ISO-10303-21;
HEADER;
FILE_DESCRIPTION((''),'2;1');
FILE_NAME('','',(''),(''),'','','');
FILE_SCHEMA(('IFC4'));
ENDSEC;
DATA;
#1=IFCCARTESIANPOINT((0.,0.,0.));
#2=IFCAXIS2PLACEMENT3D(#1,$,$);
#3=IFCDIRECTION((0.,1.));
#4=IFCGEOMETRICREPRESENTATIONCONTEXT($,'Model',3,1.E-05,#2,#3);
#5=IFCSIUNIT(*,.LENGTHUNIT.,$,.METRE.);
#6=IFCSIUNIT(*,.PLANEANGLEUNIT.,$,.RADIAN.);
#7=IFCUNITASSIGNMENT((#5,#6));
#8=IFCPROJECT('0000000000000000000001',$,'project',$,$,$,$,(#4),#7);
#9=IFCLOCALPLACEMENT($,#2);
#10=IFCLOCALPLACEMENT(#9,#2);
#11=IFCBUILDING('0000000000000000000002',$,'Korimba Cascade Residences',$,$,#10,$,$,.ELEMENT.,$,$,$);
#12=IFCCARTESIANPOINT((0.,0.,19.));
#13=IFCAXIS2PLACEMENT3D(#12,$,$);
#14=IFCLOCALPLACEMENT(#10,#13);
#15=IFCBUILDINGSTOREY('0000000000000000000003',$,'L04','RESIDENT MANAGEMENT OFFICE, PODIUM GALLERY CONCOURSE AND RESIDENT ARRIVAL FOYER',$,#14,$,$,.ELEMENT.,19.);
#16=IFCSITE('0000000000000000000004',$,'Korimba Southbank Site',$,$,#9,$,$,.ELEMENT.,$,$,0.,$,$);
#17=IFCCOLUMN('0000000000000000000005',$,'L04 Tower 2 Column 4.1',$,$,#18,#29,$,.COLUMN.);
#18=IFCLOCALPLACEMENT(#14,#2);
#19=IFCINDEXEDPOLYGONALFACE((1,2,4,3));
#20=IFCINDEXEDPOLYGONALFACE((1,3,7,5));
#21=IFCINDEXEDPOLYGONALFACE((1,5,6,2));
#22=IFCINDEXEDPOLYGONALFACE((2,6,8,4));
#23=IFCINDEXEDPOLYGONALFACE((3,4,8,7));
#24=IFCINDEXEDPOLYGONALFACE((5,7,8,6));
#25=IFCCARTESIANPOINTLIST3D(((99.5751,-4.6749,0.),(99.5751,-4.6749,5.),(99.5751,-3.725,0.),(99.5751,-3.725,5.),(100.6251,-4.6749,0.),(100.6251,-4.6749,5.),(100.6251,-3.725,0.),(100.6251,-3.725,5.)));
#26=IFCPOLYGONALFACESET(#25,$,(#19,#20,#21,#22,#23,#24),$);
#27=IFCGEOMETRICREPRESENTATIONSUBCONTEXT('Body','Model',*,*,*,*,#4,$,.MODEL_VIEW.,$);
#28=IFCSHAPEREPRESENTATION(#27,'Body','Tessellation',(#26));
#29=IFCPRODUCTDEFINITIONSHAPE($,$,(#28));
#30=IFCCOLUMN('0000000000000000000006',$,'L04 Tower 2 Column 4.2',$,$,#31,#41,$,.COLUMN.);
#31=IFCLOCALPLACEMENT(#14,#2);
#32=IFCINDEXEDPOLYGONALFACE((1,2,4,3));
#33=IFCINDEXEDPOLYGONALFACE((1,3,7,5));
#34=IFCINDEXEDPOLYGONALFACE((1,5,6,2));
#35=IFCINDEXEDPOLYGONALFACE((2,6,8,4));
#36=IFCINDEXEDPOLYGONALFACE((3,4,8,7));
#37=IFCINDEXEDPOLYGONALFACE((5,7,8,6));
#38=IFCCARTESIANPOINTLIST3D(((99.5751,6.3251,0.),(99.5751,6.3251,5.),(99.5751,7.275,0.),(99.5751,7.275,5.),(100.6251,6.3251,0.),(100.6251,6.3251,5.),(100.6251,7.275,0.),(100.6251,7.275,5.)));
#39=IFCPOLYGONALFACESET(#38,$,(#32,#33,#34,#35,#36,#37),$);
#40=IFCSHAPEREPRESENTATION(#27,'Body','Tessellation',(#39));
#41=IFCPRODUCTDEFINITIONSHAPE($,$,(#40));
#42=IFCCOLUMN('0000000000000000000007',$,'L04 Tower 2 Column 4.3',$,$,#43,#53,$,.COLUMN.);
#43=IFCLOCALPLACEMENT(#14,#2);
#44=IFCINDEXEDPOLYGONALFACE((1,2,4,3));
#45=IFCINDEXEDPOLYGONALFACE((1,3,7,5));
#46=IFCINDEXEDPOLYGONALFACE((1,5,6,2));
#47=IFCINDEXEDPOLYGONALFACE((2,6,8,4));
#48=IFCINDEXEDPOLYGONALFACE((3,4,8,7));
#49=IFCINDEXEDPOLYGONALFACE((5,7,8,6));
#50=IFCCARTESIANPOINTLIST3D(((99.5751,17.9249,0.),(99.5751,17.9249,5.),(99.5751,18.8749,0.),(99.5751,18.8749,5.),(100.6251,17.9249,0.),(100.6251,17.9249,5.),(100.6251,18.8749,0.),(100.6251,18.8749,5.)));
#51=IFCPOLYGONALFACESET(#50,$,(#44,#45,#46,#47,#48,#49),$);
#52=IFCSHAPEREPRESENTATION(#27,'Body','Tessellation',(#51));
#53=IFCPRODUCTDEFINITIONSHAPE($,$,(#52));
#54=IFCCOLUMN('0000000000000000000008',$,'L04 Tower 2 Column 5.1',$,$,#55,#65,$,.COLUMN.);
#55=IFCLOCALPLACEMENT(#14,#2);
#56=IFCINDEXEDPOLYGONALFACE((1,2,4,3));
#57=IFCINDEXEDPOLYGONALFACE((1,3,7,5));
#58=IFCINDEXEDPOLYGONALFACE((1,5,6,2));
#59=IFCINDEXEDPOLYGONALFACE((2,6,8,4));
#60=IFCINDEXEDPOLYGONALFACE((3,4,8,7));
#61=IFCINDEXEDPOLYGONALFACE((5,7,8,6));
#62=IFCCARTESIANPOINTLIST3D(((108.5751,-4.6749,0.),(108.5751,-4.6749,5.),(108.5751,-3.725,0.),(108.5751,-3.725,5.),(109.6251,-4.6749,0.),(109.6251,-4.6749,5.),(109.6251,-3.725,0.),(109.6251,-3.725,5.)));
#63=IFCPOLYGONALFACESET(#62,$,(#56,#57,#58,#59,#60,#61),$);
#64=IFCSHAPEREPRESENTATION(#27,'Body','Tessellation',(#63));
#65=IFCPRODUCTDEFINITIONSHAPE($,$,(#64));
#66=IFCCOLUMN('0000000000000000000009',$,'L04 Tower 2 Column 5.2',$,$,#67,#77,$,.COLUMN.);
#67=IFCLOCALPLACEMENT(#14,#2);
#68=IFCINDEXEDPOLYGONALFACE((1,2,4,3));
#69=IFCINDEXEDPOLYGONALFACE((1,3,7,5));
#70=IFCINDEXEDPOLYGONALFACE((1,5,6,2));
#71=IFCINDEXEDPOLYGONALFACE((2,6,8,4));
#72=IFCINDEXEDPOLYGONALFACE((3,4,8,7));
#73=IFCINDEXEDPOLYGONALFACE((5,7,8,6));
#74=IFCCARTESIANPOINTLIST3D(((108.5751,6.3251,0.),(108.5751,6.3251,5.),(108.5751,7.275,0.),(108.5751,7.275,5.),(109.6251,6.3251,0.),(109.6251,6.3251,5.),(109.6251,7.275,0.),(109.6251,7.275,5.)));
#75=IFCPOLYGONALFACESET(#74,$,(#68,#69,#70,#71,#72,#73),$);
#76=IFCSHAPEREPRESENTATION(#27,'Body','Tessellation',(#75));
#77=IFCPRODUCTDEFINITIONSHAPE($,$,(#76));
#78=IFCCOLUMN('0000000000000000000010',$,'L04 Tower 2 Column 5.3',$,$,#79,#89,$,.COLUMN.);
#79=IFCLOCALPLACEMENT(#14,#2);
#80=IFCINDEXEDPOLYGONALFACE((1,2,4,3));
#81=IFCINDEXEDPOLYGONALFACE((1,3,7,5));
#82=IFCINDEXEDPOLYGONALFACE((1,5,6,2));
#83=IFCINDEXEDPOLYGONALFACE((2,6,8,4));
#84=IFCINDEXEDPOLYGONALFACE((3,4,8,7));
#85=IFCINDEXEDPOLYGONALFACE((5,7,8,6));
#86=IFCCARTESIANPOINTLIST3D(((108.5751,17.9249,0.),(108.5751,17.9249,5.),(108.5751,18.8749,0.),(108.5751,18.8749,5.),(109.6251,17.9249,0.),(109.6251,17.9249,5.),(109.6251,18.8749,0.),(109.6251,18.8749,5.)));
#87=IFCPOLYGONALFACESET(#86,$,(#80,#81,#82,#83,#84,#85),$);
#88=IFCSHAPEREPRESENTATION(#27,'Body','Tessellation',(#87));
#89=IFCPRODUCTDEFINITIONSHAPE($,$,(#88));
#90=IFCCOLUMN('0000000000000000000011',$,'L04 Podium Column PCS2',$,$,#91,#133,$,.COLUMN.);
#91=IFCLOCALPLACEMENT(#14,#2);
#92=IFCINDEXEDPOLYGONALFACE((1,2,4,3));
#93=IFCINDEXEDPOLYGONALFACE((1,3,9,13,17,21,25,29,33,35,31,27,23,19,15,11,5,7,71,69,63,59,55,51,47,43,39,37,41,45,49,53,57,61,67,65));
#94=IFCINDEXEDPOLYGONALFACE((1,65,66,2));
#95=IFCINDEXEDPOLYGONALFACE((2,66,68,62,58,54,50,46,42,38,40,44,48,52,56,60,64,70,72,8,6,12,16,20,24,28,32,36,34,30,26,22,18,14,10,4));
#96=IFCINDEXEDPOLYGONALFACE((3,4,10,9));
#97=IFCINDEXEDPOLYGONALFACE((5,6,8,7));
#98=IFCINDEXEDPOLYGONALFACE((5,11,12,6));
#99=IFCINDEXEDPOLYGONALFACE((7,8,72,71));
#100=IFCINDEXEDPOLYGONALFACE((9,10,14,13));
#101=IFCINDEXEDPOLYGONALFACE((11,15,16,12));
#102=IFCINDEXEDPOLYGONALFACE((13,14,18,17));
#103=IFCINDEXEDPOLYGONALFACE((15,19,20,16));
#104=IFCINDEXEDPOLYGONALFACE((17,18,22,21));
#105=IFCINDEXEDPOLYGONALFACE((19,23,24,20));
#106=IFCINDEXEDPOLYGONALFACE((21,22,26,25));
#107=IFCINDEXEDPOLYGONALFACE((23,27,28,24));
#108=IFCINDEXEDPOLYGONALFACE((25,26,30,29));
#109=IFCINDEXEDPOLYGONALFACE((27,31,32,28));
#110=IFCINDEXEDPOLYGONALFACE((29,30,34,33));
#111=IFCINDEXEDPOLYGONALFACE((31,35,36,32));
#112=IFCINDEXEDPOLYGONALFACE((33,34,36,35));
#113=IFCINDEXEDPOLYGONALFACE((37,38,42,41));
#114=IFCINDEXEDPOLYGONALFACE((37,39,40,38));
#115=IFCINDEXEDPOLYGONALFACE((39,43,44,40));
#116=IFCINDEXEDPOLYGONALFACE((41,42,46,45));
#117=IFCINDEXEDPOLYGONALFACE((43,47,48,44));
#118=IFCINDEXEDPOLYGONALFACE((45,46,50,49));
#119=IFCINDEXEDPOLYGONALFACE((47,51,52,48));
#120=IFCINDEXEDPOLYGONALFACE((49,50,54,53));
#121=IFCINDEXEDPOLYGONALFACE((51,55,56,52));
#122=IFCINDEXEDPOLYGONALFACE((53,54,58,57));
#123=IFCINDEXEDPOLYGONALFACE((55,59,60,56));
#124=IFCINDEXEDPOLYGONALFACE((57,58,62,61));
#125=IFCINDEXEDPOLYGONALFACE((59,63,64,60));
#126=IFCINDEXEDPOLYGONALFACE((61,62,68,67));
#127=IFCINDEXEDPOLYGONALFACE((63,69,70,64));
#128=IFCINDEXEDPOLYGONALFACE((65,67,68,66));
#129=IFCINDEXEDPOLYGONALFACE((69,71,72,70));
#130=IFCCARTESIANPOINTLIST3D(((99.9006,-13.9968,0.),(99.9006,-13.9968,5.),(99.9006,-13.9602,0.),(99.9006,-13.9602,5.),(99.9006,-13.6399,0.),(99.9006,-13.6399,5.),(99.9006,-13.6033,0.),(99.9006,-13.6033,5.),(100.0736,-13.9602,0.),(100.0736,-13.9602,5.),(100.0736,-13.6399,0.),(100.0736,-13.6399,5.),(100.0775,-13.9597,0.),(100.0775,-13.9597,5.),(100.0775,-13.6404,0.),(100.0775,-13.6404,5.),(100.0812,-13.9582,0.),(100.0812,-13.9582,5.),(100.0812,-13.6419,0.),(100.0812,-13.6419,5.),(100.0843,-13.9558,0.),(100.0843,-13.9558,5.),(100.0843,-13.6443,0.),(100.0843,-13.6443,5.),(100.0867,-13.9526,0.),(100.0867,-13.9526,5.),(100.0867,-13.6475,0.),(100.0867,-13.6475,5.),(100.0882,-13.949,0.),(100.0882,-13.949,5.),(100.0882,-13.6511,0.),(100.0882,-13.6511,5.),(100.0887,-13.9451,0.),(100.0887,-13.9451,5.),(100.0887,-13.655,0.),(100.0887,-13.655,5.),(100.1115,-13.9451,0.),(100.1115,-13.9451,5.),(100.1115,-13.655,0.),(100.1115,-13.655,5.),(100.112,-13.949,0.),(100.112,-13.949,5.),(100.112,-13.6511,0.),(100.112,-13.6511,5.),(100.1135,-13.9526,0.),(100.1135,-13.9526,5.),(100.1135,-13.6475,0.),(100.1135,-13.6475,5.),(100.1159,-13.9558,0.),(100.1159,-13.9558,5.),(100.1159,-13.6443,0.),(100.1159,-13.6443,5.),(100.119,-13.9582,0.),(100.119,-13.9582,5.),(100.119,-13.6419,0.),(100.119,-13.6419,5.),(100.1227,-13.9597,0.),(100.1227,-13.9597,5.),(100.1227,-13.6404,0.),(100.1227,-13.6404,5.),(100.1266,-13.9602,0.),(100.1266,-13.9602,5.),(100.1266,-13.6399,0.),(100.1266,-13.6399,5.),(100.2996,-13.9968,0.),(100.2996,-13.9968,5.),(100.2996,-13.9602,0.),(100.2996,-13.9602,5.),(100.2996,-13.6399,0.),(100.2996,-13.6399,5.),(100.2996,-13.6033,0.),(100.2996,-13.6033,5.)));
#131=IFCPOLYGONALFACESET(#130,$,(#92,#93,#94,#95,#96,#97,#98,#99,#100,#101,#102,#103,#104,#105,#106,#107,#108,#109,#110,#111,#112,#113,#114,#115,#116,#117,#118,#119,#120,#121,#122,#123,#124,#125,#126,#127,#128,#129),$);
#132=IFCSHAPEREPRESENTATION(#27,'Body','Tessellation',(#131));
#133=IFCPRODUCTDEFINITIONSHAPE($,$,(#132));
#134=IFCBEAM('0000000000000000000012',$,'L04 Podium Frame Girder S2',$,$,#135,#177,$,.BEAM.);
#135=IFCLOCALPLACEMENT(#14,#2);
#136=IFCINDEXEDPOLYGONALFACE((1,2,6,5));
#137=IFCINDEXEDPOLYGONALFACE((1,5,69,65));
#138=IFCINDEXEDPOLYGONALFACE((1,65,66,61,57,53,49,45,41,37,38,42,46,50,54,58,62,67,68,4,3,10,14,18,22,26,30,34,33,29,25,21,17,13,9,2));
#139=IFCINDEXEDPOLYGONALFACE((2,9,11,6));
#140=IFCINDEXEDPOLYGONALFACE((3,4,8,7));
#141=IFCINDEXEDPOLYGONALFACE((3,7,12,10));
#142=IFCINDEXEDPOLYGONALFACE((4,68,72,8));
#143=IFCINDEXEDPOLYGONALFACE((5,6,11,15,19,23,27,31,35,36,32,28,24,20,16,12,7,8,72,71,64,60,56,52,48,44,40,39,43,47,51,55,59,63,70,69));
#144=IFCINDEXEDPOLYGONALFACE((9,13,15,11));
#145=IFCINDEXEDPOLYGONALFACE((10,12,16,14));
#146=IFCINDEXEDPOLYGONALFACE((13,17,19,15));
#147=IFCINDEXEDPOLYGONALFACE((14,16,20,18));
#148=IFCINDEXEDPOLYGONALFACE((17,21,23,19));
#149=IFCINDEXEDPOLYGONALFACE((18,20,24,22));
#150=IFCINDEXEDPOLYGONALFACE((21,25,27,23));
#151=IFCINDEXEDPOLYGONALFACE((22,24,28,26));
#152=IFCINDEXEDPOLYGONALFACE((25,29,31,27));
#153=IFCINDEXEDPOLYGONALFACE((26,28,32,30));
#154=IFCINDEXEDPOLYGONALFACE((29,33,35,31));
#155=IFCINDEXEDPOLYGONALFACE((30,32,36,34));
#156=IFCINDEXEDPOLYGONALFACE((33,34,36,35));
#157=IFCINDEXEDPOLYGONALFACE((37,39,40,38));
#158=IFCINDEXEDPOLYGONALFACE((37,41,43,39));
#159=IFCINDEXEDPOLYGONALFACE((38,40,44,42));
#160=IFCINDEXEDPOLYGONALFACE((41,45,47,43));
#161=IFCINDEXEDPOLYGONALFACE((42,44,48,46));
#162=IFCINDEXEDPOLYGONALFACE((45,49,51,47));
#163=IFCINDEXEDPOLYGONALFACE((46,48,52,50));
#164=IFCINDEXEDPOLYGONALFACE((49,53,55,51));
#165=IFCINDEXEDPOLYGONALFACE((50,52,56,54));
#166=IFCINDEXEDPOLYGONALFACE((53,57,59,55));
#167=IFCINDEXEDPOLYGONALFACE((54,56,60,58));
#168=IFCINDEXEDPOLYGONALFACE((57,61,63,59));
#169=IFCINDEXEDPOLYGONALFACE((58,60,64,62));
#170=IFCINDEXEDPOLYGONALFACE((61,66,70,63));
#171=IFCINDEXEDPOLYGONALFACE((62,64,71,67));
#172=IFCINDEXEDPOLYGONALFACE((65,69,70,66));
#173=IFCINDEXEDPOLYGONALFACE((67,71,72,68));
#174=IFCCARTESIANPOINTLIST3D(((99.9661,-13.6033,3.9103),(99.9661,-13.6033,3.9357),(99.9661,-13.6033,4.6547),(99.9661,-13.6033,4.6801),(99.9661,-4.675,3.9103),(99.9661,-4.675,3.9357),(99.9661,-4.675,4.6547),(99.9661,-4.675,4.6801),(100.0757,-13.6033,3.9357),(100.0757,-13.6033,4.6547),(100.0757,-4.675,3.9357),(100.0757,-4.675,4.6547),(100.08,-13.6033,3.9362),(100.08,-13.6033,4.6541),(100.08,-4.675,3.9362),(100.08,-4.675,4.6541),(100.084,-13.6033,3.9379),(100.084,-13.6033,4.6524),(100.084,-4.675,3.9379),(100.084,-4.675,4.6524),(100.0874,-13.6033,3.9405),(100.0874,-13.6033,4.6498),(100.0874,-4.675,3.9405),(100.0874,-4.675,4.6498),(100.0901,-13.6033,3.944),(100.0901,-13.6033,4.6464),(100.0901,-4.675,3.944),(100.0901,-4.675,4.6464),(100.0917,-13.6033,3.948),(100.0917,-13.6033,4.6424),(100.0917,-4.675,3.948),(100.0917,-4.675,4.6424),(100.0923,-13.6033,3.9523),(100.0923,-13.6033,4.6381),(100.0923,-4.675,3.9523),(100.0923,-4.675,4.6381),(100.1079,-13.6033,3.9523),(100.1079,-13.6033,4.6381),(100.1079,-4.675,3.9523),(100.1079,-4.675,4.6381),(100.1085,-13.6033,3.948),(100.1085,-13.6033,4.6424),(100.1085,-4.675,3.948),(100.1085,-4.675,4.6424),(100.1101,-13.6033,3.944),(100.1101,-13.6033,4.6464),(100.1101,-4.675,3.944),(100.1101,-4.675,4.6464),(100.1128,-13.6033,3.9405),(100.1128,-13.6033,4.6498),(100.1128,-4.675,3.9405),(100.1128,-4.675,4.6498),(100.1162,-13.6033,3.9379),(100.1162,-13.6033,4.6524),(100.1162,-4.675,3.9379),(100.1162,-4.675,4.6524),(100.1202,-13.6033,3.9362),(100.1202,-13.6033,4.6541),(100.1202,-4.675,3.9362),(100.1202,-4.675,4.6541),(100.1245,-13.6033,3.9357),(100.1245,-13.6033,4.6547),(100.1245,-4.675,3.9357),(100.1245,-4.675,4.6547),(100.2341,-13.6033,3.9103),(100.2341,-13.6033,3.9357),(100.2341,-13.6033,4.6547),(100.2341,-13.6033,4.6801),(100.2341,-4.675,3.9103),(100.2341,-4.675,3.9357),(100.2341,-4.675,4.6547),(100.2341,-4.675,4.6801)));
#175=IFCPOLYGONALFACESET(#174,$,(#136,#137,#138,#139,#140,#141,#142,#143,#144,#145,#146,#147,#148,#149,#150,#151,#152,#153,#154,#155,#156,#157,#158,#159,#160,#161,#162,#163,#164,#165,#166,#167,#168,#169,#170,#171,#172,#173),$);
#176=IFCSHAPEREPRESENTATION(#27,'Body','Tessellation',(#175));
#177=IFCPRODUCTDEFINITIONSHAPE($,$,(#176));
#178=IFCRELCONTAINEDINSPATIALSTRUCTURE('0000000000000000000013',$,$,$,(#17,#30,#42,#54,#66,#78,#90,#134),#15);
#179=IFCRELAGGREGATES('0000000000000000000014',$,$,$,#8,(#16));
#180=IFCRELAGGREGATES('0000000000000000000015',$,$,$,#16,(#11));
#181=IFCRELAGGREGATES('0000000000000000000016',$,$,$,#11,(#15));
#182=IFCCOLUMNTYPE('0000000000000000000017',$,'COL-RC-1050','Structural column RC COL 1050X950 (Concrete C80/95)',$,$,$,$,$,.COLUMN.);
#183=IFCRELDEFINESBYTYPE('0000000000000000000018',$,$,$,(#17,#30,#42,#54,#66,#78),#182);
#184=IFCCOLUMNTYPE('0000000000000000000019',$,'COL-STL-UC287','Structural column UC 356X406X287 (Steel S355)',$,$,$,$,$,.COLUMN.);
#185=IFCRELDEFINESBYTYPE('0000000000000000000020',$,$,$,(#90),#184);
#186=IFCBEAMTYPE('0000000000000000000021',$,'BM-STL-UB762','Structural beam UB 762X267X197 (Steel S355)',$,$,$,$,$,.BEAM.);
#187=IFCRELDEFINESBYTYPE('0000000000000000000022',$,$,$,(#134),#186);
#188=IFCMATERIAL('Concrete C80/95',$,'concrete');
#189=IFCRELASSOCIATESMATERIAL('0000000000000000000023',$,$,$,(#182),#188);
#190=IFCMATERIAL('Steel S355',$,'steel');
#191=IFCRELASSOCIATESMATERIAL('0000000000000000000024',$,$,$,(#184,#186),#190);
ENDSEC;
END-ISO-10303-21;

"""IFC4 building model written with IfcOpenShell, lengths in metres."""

from ifc_helpers import new_model, si_unit, direction, frame, origin, origin_2d, place, context, subcontext, project, spatial, rectangle, i_section, extrude, material, material_profile, profile_set, type_object, element, save


model = new_model("IFC4")

# Units and contexts
model_context = context("Model", 3, precision=1e-05, world=origin(), true_north=direction((0.0, 1.0)))
body_context = subcontext(model_context, "Body", "Model", "MODEL_VIEW")
ifc_project = project(units=[si_unit("LENGTHUNIT", "METRE"), si_unit("PLANEANGLEUNIT", "RADIAN")], contexts=[model_context])

# Site, building, storey
site_placement = place(None, origin())
site = spatial("IfcSite", under=ifc_project, at=site_placement, Name="Korimba Southbank Site", CompositionType="ELEMENT", RefElevation=0.0)
building_placement = place(site_placement, origin())
building = spatial("IfcBuilding", under=site, at=building_placement, Name="Korimba Cascade Residences", CompositionType="ELEMENT")
storey_placement = place(building_placement, frame((0.0, 0.0, 19.0)))
storey = spatial("IfcBuildingStorey", under=building, at=storey_placement, Name="L04", Description="RESIDENT MANAGEMENT OFFICE, PODIUM GALLERY CONCOURSE AND RESIDENT ARRIVAL FOYER", CompositionType="ELEMENT", Elevation=19.0)

# Columns
ifc_material_1 = material(Name="Concrete C80/95", Category="concrete")
ifc_material_profile_1 = material_profile(ifc_material_1, rectangle(XDim=1.05, YDim=0.95, at=origin_2d()), Name="Concrete C80/95")
ifc_profile_set_1 = profile_set([ifc_material_profile_1], Name="Concrete C80/95")
column_type_1 = type_object("IfcColumnType", Name="COL-RC-1050", Description="Structural column RC COL 1050X950 (Concrete C80/95)", PredefinedType="COLUMN", material=ifc_profile_set_1)
for number, where, z_axis, x_axis, name in (
    (1, (100.1001, -4.2, 0.0), (0.0, 0.0, 1.0), (1.0, 0.0, 0.0), "L04 Tower 2 Column 4.1"),
    (2, (100.1001, 6.8, 0.0), (0.0, 0.0, 1.0), (1.0, 0.0, 0.0), "L04 Tower 2 Column 4.2"),
    (3, (100.1001, 18.3999, 0.0), (0.0, 0.0, 1.0), (1.0, 0.0, 0.0), "L04 Tower 2 Column 4.3"),
    (4, (109.1001, -4.2, 0.0), (0.0, 0.0, 1.0), (1.0, 0.0, 0.0), "L04 Tower 2 Column 5.1"),
    (5, (109.1001, 6.8, 0.0), (0.0, 0.0, 1.0), (1.0, 0.0, 0.0), "L04 Tower 2 Column 5.2"),
    (6, (109.1001, 18.3999, 0.0), (0.0, 0.0, 1.0), (1.0, 0.0, 0.0), "L04 Tower 2 Column 5.3"),
):
    element("IfcColumn", number, at=place(storey_placement, frame(where, z_axis=z_axis, x_axis=x_axis)), inside=storey, type_object=column_type_1, Name=name, PredefinedType="COLUMN", context=body_context, shape_type="SweptSolid", body=[
        extrude(rectangle(XDim=1.05, YDim=0.95, at=origin_2d()), origin(), (0.0, 0.0, 1.0), 5.0),
    ])
ifc_material_2 = material(Name="Steel S355", Category="steel")
ifc_material_profile_2 = material_profile(ifc_material_2, i_section(OverallWidth=0.3989, OverallDepth=0.3936, WebThickness=0.0227, FlangeThickness=0.0366, FilletRadius=0.0151, at=origin_2d()), Name="Steel S355")
ifc_profile_set_2 = profile_set([ifc_material_profile_2], Name="Steel S355")
column_type_2 = type_object("IfcColumnType", Name="COL-STL-UC287", Description="Structural column UC 356X406X287 (Steel S355)", PredefinedType="COLUMN", material=ifc_profile_set_2)
column_placement = place(storey_placement, frame((100.1001, -13.8, 0.0), z_axis=(0.0, 0.0, 1.0), x_axis=(1.0, 0.0, 0.0)))
element("IfcColumn", 7, at=column_placement, inside=storey, type_object=column_type_2, Name="L04 Podium Column PCS2", PredefinedType="COLUMN", context=body_context, shape_type="SweptSolid", body=[
    extrude(i_section(OverallWidth=0.3989, OverallDepth=0.3936, WebThickness=0.0227, FlangeThickness=0.0366, FilletRadius=0.0151, at=origin_2d()), origin(), (0.0, 0.0, 1.0), 5.0),
])

# Beam
ifc_material_profile_3 = material_profile(ifc_material_2, i_section(OverallWidth=0.2681, OverallDepth=0.7698, WebThickness=0.0156, FlangeThickness=0.0254, FilletRadius=0.0166, at=origin_2d()), Name="Steel S355")
ifc_profile_set_3 = profile_set([ifc_material_profile_3], Name="Steel S355")
beam_type_1 = type_object("IfcBeamType", Name="BM-STL-UB762", Description="Structural beam UB 762X267X197 (Steel S355)", PredefinedType="BEAM", material=ifc_profile_set_3)
beam_1_placement = place(storey_placement, frame((100.1001, -13.6033, 4.2952), z_axis=(0.0, 1.0, 0.0), x_axis=(-1.0, 0.0, 0.0)))
element("IfcBeam", 8, at=beam_1_placement, inside=storey, type_object=beam_type_1, Name="L04 Podium Frame Girder S2", PredefinedType="BEAM", context=body_context, shape_type="SweptSolid", body=[
    extrude(i_section(OverallWidth=0.2681, OverallDepth=0.7698, WebThickness=0.0156, FlangeThickness=0.0254, FilletRadius=0.0166, at=origin_2d()), origin(), (0.0, 0.0, 1.0), 8.9282),
])

save(model, "model.ifc")
